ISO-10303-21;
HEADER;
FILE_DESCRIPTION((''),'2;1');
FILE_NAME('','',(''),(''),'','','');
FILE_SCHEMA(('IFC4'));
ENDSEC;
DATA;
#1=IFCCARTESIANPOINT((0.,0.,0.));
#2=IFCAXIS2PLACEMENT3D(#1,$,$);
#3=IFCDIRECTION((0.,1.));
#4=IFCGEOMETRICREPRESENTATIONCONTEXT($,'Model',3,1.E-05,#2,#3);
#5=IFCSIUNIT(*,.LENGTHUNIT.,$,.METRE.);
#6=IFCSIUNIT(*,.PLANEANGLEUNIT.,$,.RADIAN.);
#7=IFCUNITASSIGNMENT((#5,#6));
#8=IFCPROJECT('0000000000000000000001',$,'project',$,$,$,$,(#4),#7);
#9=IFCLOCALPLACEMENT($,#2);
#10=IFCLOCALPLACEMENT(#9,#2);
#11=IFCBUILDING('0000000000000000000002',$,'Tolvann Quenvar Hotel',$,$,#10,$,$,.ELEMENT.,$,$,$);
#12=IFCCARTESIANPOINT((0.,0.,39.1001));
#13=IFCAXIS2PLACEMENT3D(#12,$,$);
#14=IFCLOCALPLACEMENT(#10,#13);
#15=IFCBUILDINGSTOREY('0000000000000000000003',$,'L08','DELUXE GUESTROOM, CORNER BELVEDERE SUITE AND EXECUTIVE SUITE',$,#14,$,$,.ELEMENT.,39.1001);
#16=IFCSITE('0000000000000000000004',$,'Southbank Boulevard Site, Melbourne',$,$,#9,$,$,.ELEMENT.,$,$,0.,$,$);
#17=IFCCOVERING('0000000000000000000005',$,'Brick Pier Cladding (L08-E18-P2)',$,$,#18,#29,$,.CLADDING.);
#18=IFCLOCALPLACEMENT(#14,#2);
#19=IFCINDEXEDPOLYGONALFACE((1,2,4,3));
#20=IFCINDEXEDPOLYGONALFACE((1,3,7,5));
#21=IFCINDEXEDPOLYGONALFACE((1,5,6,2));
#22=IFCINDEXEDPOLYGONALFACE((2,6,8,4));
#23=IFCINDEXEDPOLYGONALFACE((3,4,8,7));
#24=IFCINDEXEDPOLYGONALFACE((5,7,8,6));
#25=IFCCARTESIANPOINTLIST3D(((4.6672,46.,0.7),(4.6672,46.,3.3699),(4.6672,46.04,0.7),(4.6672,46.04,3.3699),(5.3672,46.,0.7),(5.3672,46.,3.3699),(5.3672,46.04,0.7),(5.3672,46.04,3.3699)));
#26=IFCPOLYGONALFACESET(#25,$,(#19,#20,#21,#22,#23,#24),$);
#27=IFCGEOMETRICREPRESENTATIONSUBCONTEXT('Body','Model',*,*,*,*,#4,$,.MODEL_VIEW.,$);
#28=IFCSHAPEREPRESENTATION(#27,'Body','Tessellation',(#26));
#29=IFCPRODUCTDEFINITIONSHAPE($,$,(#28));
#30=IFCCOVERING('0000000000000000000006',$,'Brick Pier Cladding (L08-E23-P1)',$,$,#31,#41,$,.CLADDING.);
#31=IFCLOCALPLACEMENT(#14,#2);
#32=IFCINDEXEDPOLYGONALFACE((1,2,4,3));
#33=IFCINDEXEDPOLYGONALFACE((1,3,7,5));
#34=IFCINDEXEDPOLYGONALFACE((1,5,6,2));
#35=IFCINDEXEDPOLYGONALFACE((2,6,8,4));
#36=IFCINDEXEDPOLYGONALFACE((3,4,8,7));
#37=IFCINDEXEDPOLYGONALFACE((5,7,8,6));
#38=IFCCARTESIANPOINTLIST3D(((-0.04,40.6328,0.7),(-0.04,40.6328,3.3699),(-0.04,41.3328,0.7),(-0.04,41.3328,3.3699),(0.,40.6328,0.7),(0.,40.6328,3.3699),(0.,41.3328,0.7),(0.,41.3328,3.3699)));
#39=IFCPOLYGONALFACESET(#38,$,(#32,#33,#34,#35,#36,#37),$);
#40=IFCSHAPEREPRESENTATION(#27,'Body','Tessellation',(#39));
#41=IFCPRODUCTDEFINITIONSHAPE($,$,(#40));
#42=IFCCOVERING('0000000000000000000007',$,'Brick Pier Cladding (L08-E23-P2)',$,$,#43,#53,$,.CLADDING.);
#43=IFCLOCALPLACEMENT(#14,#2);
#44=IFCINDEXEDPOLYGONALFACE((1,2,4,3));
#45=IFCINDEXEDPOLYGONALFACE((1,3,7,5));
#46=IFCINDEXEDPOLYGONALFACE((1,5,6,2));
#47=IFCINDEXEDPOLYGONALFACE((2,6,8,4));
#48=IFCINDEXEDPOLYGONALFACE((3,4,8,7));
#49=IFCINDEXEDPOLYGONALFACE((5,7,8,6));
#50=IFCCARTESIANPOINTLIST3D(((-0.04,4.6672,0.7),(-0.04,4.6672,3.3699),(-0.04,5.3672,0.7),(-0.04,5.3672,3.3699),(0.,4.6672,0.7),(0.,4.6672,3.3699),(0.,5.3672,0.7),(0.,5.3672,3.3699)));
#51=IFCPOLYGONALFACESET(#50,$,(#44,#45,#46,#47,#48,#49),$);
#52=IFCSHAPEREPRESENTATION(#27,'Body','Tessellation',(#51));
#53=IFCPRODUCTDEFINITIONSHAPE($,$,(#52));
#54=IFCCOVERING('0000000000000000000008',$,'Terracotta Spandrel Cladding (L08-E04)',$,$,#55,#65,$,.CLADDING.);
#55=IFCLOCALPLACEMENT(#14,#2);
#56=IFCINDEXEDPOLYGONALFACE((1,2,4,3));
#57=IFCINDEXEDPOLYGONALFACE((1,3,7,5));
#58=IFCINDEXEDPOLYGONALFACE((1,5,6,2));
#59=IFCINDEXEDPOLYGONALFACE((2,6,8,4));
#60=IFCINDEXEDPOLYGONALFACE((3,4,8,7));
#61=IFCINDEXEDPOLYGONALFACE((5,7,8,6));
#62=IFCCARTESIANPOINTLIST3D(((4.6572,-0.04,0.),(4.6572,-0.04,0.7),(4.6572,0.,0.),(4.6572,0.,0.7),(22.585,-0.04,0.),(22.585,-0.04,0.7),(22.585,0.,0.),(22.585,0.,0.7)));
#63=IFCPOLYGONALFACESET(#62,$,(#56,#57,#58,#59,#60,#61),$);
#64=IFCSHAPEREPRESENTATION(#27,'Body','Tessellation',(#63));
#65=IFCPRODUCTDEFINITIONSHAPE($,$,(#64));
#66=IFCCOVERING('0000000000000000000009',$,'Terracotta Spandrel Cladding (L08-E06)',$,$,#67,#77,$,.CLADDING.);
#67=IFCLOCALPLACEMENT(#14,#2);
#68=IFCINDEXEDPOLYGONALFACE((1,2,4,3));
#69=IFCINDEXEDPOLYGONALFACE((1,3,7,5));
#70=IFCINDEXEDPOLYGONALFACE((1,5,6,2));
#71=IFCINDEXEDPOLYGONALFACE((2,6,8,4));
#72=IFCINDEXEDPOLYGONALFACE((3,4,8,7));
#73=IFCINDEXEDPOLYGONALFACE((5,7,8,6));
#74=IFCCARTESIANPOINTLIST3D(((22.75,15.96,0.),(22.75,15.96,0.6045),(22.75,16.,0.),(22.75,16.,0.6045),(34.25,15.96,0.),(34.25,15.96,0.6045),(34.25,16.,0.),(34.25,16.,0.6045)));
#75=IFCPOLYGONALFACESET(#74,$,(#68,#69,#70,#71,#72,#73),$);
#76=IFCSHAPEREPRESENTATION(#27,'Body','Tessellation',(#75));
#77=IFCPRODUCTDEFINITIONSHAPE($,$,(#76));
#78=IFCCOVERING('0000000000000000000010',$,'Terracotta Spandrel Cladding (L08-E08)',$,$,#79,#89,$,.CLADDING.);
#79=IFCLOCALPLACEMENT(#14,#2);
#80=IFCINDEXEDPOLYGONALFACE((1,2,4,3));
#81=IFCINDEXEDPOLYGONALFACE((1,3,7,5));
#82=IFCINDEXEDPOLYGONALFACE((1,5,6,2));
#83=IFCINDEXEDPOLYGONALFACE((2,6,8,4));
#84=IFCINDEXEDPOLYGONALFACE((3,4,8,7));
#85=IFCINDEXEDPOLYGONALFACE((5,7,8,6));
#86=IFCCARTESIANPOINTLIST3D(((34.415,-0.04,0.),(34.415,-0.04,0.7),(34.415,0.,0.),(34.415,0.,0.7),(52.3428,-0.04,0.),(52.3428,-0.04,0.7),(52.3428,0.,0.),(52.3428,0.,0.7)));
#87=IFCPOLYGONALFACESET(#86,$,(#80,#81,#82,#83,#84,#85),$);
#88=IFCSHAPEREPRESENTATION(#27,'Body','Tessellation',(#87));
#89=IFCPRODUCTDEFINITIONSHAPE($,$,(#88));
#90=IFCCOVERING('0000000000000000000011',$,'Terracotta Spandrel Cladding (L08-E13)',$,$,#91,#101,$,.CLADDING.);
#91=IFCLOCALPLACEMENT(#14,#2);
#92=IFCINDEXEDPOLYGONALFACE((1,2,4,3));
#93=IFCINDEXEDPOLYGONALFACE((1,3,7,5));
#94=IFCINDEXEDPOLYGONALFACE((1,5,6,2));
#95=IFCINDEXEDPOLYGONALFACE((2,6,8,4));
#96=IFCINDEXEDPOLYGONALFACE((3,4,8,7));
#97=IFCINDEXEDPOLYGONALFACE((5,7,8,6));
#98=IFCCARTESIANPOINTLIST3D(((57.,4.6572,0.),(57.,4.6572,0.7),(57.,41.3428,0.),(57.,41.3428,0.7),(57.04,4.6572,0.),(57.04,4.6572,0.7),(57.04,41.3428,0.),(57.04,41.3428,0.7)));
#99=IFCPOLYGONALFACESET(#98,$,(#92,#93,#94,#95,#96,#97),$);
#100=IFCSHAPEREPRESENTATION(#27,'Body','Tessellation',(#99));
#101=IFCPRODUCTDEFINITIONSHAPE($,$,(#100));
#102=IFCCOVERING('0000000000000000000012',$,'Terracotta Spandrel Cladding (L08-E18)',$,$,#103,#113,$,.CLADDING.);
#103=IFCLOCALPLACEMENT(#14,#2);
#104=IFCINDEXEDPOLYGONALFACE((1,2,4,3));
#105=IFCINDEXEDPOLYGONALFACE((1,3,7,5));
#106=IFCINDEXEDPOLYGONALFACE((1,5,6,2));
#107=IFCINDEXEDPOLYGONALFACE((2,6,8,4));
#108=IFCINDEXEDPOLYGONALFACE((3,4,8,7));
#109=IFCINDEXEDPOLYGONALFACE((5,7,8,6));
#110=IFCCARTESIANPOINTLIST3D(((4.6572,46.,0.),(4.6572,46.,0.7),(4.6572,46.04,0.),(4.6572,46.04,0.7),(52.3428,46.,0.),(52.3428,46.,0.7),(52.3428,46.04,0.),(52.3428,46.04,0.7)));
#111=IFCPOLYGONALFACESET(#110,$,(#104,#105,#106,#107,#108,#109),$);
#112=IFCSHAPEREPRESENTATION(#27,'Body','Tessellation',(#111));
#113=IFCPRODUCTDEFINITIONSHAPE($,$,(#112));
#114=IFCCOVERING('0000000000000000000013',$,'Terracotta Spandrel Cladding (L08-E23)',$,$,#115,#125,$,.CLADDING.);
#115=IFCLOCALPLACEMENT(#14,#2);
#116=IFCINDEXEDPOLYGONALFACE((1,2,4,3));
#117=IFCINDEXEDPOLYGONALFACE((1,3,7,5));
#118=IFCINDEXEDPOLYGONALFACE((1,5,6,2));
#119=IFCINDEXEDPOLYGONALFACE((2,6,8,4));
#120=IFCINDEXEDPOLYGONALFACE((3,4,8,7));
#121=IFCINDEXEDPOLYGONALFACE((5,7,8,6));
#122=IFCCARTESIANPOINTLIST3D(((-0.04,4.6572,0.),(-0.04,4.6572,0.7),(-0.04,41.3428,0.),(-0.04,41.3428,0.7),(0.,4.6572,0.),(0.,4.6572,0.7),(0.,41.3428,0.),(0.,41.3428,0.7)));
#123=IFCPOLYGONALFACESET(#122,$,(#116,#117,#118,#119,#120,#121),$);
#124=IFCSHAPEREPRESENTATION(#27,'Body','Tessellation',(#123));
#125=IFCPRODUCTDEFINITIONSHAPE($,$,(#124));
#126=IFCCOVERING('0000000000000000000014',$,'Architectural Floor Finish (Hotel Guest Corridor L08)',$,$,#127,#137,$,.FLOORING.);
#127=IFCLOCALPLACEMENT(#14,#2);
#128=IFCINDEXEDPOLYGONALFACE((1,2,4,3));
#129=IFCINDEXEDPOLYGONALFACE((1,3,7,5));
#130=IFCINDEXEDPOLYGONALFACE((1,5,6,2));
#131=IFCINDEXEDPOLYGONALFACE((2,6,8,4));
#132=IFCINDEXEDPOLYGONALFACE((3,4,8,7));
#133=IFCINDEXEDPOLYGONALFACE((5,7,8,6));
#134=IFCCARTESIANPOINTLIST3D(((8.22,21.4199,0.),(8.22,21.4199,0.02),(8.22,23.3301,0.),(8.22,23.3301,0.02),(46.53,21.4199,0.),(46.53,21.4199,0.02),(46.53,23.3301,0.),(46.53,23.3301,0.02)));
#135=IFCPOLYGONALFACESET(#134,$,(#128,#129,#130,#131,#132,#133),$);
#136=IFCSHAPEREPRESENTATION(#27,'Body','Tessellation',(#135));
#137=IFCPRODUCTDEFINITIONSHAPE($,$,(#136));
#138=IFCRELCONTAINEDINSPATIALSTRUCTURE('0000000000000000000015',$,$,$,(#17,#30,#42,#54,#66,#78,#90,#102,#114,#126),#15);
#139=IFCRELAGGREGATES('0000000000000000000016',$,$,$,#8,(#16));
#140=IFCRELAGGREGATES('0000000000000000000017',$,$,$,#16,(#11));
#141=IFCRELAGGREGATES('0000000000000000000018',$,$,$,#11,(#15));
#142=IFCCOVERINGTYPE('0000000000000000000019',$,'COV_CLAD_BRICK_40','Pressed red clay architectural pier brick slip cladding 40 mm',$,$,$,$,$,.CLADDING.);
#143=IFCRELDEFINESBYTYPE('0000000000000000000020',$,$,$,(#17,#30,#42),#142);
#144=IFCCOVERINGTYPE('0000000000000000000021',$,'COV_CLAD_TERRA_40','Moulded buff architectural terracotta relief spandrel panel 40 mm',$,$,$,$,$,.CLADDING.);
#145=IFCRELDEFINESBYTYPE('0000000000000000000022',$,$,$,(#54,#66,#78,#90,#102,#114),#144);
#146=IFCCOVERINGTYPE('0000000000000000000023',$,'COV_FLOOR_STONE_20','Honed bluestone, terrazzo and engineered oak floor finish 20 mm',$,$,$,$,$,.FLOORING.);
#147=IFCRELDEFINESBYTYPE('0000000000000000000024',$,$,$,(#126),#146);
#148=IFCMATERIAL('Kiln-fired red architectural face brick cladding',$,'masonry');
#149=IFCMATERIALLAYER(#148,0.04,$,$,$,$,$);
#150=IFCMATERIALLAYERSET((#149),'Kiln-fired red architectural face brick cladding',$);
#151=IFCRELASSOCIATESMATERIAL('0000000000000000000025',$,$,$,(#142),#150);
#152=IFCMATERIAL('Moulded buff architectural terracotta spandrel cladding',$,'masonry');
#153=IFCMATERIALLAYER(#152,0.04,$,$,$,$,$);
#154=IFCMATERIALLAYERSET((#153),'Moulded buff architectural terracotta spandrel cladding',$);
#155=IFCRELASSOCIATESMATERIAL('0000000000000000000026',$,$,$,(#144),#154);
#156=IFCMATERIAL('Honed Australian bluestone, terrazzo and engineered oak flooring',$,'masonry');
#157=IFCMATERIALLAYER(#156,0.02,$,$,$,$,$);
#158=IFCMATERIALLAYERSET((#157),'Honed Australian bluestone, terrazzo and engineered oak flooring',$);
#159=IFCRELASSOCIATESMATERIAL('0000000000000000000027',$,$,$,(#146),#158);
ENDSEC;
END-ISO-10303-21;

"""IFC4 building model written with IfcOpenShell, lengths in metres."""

from ifc_helpers import new_model, si_unit, direction, frame, origin, place, context, subcontext, project, spatial, polyline, outline, extrude, material, layer, layer_set, type_object, element, save


model = new_model("IFC4")

# Units and contexts
model_context = context("Model", 3, precision=1e-05, world=origin(), true_north=direction((0.0, 1.0)))
body_context = subcontext(model_context, "Body", "Model", "MODEL_VIEW")
ifc_project = project(units=[si_unit("LENGTHUNIT", "METRE"), si_unit("PLANEANGLEUNIT", "RADIAN")], contexts=[model_context])

# Site, building, storey
site_placement = place(None, origin())
site = spatial("IfcSite", under=ifc_project, at=site_placement, Name="Southbank Boulevard Site, Melbourne", CompositionType="ELEMENT", RefElevation=0.0)
building_placement = place(site_placement, origin())
building = spatial("IfcBuilding", under=site, at=building_placement, Name="Tolvann Quenvar Hotel", CompositionType="ELEMENT")
storey_placement = place(building_placement, frame((0.0, 0.0, 39.1001)))
storey = spatial("IfcBuildingStorey", under=building, at=storey_placement, Name="L08", Description="DELUXE GUESTROOM, CORNER BELVEDERE SUITE AND EXECUTIVE SUITE", CompositionType="ELEMENT", Elevation=39.1001)

# Coverings
ifc_material_1 = material(Name="Kiln-fired red architectural face brick cladding", Category="masonry")
ifc_layer_1 = layer(ifc_material_1, 0.04)
ifc_layer_set_1 = layer_set([ifc_layer_1], Name="Kiln-fired red architectural face brick cladding")
covering_type_1 = type_object("IfcCoveringType", Name="COV_CLAD_BRICK_40", Description="Pressed red clay architectural pier brick slip cladding 40 mm", PredefinedType="CLADDING", material=ifc_layer_set_1)
covering_1_placement = place(storey_placement, frame((0.0, 0.0, 0.7)))
element("IfcCovering", 1, at=covering_1_placement, inside=storey, type_object=covering_type_1, Name="Brick Pier Cladding (L08-E18-P2)", PredefinedType="CLADDING", context=body_context, shape_type="SweptSolid", body=[
    extrude(outline(polyline([(5.3672, 46.0), (4.6672, 46.0), (4.6672, 46.04), (5.3672, 46.04), (5.3672, 46.0)])), origin(), (0.0, 0.0, 1.0), 2.6699),
])
covering_2_placement = place(storey_placement, frame((0.0, 0.0, 0.7)))
element("IfcCovering", 2, at=covering_2_placement, inside=storey, type_object=covering_type_1, Name="Brick Pier Cladding (L08-E23-P1)", PredefinedType="CLADDING", context=body_context, shape_type="SweptSolid", body=[
    extrude(outline(polyline([(0.0, 41.3328), (0.0, 40.6328), (-0.04, 40.6328), (-0.04, 41.3328), (0.0, 41.3328)])), origin(), (0.0, 0.0, 1.0), 2.6699),
])
covering_3_placement = place(storey_placement, frame((0.0, 0.0, 0.7)))
element("IfcCovering", 3, at=covering_3_placement, inside=storey, type_object=covering_type_1, Name="Brick Pier Cladding (L08-E23-P2)", PredefinedType="CLADDING", context=body_context, shape_type="SweptSolid", body=[
    extrude(outline(polyline([(0.0, 5.3672), (0.0, 4.6672), (-0.04, 4.6672), (-0.04, 5.3672), (0.0, 5.3672)])), origin(), (0.0, 0.0, 1.0), 2.6699),
])
ifc_material_2 = material(Name="Moulded buff architectural terracotta spandrel cladding", Category="masonry")
ifc_layer_2 = layer(ifc_material_2, 0.04)
ifc_layer_set_2 = layer_set([ifc_layer_2], Name="Moulded buff architectural terracotta spandrel cladding")
covering_type_2 = type_object("IfcCoveringType", Name="COV_CLAD_TERRA_40", Description="Moulded buff architectural terracotta relief spandrel panel 40 mm", PredefinedType="CLADDING", material=ifc_layer_set_2)
covering_4_placement = place(storey_placement, origin())
element("IfcCovering", 4, at=covering_4_placement, inside=storey, type_object=covering_type_2, Name="Terracotta Spandrel Cladding (L08-E04)", PredefinedType="CLADDING", context=body_context, shape_type="SweptSolid", body=[
    extrude(outline(polyline([(4.6572, 0.0), (22.585, 0.0), (22.585, -0.04), (4.6572, -0.04), (4.6572, 0.0)])), origin(), (0.0, 0.0, 1.0), 0.7),
])
covering_5_placement = place(storey_placement, origin())
element("IfcCovering", 5, at=covering_5_placement, inside=storey, type_object=covering_type_2, Name="Terracotta Spandrel Cladding (L08-E06)", PredefinedType="CLADDING", context=body_context, shape_type="SweptSolid", body=[
    extrude(outline(polyline([(22.75, 16.0), (34.25, 16.0), (34.25, 15.96), (22.75, 15.96), (22.75, 16.0)])), origin(), (0.0, 0.0, 1.0), 0.6045),
])
covering_6_placement = place(storey_placement, origin())
element("IfcCovering", 6, at=covering_6_placement, inside=storey, type_object=covering_type_2, Name="Terracotta Spandrel Cladding (L08-E08)", PredefinedType="CLADDING", context=body_context, shape_type="SweptSolid", body=[
    extrude(outline(polyline([(34.415, 0.0), (52.3428, 0.0), (52.3428, -0.04), (34.415, -0.04), (34.415, 0.0)])), origin(), (0.0, 0.0, 1.0), 0.7),
])
covering_7_placement = place(storey_placement, origin())
element("IfcCovering", 7, at=covering_7_placement, inside=storey, type_object=covering_type_2, Name="Terracotta Spandrel Cladding (L08-E13)", PredefinedType="CLADDING", context=body_context, shape_type="SweptSolid", body=[
    extrude(outline(polyline([(57.0, 4.6572), (57.0, 41.3428), (57.04, 41.3428), (57.04, 4.6572), (57.0, 4.6572)])), origin(), (0.0, 0.0, 1.0), 0.7),
])
covering_8_placement = place(storey_placement, origin())
element("IfcCovering", 8, at=covering_8_placement, inside=storey, type_object=covering_type_2, Name="Terracotta Spandrel Cladding (L08-E18)", PredefinedType="CLADDING", context=body_context, shape_type="SweptSolid", body=[
    extrude(outline(polyline([(52.3428, 46.0), (4.6572, 46.0), (4.6572, 46.04), (52.3428, 46.04), (52.3428, 46.0)])), origin(), (0.0, 0.0, 1.0), 0.7),
])
covering_9_placement = place(storey_placement, origin())
element("IfcCovering", 9, at=covering_9_placement, inside=storey, type_object=covering_type_2, Name="Terracotta Spandrel Cladding (L08-E23)", PredefinedType="CLADDING", context=body_context, shape_type="SweptSolid", body=[
    extrude(outline(polyline([(0.0, 41.3428), (0.0, 4.6572), (-0.04, 4.6572), (-0.04, 41.3428), (0.0, 41.3428)])), origin(), (0.0, 0.0, 1.0), 0.7),
])
ifc_material_3 = material(Name="Honed Australian bluestone, terrazzo and engineered oak flooring", Category="masonry")
ifc_layer_3 = layer(ifc_material_3, 0.02)
ifc_layer_set_3 = layer_set([ifc_layer_3], Name="Honed Australian bluestone, terrazzo and engineered oak flooring")
covering_type_3 = type_object("IfcCoveringType", Name="COV_FLOOR_STONE_20", Description="Honed bluestone, terrazzo and engineered oak floor finish 20 mm", PredefinedType="FLOORING", material=ifc_layer_set_3)
covering_10_placement = place(storey_placement, origin())
element("IfcCovering", 10, at=covering_10_placement, inside=storey, type_object=covering_type_3, Name="Architectural Floor Finish (Hotel Guest Corridor L08)", PredefinedType="FLOORING", context=body_context, shape_type="SweptSolid", body=[
    extrude(outline(polyline([(8.22, 21.4199), (46.53, 21.4199), (46.53, 23.3301), (8.22, 23.3301), (8.22, 21.4199)])), origin(), (0.0, 0.0, 1.0), 0.02),
])

save(model, "model.ifc")
